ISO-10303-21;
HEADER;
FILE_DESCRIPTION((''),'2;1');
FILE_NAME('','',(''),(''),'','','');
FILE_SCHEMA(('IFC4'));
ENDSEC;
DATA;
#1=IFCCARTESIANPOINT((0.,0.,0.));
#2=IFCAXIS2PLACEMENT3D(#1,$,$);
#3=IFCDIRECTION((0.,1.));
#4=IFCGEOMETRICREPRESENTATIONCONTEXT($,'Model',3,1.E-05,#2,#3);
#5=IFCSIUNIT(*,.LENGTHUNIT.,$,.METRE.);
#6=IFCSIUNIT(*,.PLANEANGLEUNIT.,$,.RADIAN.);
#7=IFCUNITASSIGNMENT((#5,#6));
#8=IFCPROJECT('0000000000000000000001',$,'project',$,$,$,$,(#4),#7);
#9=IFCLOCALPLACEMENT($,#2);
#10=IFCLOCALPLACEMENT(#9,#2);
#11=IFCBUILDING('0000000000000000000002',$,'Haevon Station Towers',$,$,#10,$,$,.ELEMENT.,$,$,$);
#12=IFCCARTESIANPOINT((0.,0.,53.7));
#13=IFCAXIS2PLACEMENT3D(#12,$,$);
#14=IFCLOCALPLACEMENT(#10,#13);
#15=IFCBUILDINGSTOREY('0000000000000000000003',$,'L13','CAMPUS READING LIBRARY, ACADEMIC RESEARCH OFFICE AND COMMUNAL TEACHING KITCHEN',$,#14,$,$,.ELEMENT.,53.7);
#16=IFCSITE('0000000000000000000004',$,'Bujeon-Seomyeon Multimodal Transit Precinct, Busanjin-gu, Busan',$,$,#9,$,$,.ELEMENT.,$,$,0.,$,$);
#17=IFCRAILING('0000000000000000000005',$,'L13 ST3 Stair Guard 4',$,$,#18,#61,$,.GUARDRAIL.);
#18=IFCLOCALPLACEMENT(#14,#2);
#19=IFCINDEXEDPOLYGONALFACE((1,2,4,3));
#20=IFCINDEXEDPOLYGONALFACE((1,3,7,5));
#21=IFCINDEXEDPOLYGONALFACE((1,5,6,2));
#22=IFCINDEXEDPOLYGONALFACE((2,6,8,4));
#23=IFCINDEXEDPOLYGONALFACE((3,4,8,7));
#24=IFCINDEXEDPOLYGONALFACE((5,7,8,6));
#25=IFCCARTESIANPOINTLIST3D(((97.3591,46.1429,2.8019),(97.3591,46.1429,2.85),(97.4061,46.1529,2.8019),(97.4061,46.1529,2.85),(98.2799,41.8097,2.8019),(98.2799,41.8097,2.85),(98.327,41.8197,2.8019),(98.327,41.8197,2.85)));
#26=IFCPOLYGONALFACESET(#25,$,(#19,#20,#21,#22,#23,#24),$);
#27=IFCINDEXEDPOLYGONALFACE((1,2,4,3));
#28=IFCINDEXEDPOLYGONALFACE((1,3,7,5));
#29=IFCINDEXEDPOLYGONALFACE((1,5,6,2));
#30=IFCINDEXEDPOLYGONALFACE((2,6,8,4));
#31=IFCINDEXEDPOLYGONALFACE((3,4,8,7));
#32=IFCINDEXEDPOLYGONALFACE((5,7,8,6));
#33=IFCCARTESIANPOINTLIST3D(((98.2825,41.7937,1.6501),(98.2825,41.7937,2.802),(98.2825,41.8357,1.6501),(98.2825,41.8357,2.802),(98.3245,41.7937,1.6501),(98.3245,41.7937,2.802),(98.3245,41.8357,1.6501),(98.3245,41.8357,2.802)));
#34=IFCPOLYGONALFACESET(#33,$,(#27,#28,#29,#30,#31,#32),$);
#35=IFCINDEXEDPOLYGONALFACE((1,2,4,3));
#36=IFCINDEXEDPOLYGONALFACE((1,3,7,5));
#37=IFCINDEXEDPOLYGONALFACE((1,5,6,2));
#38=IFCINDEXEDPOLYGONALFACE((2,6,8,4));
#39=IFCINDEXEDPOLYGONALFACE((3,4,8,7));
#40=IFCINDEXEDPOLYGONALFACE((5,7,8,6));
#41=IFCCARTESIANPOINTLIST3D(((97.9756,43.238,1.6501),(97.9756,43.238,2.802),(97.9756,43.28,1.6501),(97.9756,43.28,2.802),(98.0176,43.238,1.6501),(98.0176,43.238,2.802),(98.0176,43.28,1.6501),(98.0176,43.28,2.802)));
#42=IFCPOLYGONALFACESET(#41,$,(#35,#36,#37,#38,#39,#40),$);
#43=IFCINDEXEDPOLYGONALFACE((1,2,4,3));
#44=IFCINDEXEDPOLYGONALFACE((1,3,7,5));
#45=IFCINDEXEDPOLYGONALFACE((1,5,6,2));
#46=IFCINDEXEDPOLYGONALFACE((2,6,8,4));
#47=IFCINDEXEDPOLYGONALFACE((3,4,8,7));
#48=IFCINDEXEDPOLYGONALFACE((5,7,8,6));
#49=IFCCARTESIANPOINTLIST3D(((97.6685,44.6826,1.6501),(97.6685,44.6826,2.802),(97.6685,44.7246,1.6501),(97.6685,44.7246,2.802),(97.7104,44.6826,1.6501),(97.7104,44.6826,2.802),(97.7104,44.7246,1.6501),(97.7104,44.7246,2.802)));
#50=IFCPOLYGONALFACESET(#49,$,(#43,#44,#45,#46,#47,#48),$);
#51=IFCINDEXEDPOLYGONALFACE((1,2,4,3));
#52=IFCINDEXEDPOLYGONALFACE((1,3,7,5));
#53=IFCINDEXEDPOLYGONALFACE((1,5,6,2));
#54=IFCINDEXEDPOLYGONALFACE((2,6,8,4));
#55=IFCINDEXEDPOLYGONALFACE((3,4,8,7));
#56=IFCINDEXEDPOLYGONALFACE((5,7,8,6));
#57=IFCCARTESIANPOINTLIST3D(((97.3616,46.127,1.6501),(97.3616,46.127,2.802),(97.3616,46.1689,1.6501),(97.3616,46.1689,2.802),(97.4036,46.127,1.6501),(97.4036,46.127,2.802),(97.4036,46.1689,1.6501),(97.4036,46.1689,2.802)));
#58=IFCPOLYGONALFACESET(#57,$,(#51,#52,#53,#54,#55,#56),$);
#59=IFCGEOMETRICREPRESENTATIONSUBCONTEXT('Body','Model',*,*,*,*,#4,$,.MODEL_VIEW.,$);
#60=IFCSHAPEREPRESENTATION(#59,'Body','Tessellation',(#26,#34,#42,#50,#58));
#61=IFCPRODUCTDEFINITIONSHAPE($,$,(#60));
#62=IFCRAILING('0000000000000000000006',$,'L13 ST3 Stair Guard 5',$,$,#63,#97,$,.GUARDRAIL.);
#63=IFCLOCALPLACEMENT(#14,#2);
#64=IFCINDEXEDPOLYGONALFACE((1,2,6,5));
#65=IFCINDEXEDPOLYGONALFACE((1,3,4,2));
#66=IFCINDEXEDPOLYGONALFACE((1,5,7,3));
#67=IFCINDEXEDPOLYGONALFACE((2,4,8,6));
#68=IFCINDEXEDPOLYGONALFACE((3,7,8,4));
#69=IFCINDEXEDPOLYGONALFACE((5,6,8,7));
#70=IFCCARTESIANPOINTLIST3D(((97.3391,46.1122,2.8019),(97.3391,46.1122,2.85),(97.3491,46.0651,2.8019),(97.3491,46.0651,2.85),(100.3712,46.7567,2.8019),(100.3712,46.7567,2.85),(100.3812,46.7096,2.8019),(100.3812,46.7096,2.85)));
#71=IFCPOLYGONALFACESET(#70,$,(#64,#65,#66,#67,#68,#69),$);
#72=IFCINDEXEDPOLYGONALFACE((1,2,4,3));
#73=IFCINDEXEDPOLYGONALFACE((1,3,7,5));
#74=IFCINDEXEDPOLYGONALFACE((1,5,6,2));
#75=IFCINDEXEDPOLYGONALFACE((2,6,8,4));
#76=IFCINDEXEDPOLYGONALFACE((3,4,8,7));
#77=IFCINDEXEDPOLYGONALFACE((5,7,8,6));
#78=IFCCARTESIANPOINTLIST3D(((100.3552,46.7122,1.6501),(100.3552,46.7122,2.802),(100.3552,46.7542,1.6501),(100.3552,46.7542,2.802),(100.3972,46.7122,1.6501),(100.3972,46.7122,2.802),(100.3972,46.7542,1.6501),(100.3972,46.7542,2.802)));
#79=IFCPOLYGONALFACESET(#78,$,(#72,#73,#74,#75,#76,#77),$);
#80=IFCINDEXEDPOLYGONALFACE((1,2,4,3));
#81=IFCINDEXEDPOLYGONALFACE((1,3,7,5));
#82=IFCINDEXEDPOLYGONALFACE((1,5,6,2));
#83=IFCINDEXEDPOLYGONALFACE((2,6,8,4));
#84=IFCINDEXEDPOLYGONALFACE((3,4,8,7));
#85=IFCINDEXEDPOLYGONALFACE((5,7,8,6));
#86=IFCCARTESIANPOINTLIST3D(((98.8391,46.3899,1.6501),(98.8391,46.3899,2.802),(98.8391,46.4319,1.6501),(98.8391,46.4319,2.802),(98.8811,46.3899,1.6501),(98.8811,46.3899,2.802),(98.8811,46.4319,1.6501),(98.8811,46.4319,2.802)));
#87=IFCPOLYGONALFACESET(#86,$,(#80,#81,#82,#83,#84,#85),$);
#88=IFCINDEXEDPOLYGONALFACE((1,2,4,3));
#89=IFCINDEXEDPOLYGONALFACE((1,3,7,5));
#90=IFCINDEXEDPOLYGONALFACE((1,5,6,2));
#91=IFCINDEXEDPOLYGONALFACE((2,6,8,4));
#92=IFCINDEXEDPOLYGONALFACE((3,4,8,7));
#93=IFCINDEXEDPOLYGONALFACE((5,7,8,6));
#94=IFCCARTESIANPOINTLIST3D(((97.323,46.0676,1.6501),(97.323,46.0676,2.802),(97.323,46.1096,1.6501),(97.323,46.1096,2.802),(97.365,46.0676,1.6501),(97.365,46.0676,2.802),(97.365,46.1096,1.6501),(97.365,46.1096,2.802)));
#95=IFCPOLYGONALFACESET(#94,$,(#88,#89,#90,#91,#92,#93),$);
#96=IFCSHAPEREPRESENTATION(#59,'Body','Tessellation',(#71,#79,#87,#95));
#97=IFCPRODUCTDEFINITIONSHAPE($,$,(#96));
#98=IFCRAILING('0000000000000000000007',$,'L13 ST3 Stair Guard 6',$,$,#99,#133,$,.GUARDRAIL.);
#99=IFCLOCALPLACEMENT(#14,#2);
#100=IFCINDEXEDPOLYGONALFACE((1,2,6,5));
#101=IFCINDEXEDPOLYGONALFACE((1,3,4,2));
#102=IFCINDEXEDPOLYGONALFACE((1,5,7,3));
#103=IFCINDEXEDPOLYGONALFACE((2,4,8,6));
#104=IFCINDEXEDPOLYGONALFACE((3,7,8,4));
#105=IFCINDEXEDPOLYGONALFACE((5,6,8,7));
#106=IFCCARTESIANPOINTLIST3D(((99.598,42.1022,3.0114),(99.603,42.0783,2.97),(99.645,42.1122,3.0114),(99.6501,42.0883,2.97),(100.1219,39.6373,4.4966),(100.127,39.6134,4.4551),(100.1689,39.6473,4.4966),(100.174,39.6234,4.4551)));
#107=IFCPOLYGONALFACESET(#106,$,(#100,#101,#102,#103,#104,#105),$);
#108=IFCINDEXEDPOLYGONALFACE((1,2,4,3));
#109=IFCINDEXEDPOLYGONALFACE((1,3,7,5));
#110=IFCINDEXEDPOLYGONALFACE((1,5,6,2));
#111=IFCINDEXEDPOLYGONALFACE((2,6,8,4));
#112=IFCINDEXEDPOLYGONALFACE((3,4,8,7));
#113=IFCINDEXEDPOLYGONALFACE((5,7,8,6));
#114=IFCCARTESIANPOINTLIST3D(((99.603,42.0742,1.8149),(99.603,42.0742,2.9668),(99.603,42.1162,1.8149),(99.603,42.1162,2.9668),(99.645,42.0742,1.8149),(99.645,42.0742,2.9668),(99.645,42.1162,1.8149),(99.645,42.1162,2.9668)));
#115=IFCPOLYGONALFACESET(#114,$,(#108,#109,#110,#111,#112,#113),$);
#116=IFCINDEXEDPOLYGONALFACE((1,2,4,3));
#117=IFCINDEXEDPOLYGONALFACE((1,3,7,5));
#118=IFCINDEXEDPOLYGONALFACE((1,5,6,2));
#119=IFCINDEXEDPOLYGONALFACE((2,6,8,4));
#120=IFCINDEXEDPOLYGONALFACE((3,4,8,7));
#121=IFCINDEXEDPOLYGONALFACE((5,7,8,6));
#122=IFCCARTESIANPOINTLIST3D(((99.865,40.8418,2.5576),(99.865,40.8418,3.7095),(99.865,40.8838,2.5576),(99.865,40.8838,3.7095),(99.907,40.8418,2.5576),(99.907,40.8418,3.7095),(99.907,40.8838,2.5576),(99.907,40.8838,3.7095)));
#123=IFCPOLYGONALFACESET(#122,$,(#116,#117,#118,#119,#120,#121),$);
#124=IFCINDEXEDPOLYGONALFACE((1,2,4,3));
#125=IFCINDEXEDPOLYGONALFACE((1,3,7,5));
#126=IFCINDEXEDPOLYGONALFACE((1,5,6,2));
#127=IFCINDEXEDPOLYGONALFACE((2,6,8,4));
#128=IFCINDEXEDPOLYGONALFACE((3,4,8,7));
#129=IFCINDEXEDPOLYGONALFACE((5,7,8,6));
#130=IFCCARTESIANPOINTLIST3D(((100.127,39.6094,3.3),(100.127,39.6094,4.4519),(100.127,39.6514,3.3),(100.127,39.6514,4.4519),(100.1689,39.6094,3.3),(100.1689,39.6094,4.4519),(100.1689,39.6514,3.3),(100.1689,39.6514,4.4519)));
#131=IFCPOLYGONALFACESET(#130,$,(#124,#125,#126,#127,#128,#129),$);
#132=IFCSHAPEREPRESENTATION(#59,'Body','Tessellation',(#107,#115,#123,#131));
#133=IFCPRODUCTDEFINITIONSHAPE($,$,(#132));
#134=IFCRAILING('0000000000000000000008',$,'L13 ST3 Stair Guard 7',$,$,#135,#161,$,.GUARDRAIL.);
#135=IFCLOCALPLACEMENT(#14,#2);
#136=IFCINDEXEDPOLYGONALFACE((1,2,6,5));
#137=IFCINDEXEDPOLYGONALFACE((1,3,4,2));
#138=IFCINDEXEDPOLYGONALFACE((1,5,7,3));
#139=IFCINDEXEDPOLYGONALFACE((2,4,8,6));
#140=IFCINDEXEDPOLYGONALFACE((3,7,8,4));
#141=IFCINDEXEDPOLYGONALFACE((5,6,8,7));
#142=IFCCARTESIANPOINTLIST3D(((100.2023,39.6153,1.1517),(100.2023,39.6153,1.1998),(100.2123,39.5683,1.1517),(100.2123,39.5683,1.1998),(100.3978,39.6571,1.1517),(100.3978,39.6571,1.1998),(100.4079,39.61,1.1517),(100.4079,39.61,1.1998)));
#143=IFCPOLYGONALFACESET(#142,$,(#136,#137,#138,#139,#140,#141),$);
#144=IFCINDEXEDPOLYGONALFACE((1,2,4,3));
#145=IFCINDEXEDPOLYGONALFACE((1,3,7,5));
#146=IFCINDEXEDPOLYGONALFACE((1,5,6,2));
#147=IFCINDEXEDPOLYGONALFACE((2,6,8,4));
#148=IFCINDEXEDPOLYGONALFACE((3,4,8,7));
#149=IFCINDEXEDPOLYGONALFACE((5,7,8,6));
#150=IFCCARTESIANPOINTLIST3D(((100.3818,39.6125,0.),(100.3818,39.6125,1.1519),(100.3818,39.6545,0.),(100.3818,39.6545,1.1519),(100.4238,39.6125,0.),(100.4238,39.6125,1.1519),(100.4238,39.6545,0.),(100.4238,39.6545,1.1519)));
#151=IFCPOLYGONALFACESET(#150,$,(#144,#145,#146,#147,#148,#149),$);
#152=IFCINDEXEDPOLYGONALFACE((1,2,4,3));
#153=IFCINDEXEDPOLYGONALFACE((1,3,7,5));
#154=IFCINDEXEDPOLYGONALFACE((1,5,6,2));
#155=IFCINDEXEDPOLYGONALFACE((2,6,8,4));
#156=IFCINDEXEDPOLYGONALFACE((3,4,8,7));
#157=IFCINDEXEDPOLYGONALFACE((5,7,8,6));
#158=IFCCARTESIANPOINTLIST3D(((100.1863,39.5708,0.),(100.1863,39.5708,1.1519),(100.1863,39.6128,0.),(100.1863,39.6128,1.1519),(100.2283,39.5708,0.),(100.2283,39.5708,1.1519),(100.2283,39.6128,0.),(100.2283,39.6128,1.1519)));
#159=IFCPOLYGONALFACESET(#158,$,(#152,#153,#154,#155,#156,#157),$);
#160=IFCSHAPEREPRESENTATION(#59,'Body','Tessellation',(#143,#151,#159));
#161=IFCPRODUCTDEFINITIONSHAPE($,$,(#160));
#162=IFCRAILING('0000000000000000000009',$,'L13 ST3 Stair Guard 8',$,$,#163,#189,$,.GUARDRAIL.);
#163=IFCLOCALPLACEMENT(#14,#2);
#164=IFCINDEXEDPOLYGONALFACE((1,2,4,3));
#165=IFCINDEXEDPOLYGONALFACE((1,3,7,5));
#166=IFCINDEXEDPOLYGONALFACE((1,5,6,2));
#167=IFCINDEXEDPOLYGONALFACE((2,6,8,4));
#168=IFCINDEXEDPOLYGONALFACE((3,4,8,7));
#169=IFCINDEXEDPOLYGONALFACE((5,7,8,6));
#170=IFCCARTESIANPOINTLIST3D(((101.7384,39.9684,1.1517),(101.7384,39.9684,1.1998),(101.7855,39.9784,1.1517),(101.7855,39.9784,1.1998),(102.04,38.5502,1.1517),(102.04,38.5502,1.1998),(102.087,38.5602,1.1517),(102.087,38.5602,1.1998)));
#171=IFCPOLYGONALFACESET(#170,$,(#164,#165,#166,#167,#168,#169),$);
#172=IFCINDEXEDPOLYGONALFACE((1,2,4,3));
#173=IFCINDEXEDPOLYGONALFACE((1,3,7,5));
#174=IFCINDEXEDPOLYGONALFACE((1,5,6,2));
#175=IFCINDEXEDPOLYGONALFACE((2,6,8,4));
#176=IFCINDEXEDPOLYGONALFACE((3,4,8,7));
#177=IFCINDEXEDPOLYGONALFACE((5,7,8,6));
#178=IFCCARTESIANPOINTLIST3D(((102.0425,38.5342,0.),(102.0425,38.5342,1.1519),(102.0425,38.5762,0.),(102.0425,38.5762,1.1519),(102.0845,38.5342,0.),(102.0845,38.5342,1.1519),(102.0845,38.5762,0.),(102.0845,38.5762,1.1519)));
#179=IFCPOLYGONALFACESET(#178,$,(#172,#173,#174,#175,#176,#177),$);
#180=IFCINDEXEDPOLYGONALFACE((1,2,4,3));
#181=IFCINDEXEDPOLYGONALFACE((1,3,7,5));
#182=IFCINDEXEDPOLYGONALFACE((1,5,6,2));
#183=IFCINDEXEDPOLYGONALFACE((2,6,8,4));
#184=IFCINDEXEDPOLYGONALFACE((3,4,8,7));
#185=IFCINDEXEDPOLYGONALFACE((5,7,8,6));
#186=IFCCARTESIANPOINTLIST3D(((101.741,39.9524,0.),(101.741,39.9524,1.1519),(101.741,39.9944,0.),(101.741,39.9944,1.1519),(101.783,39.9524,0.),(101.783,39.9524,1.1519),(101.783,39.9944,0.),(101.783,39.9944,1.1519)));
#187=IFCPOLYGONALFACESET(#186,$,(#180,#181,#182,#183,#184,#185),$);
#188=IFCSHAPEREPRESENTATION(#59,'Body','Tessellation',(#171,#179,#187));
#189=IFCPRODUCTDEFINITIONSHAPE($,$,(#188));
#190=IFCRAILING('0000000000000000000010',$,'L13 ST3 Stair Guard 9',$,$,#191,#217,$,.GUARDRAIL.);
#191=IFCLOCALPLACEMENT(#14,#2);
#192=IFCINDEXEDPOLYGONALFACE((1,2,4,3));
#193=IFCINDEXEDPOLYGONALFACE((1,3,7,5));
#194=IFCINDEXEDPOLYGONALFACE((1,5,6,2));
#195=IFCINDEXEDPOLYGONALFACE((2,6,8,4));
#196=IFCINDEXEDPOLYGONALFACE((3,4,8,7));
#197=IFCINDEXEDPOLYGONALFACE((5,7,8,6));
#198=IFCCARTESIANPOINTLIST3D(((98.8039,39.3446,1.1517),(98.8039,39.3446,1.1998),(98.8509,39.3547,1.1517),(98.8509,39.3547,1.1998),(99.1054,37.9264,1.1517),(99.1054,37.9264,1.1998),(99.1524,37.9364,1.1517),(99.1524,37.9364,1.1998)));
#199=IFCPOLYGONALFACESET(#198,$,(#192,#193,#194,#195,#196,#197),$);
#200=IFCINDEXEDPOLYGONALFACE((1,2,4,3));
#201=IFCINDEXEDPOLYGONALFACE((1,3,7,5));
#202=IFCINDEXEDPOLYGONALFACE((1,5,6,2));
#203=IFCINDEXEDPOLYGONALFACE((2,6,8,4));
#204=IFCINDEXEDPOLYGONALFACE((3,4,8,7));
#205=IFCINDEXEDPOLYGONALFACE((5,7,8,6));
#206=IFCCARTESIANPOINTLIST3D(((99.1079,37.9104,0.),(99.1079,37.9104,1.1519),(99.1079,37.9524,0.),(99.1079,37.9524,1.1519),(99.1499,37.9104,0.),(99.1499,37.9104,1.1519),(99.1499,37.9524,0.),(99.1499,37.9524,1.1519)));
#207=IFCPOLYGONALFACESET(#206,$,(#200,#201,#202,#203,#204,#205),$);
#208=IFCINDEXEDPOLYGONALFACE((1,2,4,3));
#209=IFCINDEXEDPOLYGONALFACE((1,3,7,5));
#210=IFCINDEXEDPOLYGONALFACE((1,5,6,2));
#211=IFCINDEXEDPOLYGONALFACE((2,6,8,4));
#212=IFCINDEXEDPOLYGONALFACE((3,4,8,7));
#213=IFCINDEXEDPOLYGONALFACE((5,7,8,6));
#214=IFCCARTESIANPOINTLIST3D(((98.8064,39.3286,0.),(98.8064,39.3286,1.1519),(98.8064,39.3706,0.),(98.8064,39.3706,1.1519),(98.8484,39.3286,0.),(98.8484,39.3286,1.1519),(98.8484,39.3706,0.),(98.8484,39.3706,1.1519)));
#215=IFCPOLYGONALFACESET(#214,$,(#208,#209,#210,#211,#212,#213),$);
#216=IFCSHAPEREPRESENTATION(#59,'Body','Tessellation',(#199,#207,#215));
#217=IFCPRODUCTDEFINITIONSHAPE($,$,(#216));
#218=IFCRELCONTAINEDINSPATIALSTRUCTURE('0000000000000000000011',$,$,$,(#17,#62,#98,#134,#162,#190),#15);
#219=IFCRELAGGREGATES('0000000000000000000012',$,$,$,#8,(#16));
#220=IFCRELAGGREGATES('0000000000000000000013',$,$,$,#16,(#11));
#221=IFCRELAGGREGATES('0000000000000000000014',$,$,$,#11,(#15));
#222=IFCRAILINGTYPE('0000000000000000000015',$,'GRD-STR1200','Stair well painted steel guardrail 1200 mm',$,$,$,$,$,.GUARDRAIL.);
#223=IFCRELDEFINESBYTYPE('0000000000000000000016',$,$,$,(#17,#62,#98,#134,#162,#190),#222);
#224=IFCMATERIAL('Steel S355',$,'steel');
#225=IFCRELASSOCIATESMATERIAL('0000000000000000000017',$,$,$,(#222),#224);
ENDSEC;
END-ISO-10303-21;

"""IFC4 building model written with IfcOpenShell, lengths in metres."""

from ifc_helpers import new_model, si_unit, direction, frame, origin, origin_2d, place, context, subcontext, project, spatial, rectangle, extrude, material, type_object, element, save


model = new_model("IFC4")

# Units and contexts
model_context = context("Model", 3, precision=1e-05, world=origin(), true_north=direction((0.0, 1.0)))
body_context = subcontext(model_context, "Body", "Model", "MODEL_VIEW")
ifc_project = project(units=[si_unit("LENGTHUNIT", "METRE"), si_unit("PLANEANGLEUNIT", "RADIAN")], contexts=[model_context])

# Site, building, storey
site_placement = place(None, origin())
site = spatial("IfcSite", under=ifc_project, at=site_placement, Name="Bujeon-Seomyeon Multimodal Transit Precinct, Busanjin-gu, Busan", CompositionType="ELEMENT", RefElevation=0.0)
building_placement = place(site_placement, origin())
building = spatial("IfcBuilding", under=site, at=building_placement, Name="Haevon Station Towers", CompositionType="ELEMENT")
storey_placement = place(building_placement, frame((0.0, 0.0, 53.7)))
storey = spatial("IfcBuildingStorey", under=building, at=storey_placement, Name="L13", Description="CAMPUS READING LIBRARY, ACADEMIC RESEARCH OFFICE AND COMMUNAL TEACHING KITCHEN", CompositionType="ELEMENT", Elevation=53.7)

# Shared definitions
ifc_material_1 = material(Name="Steel S355", Category="steel")

# Railings
railing_type_1 = type_object("IfcRailingType", Name="GRD-STR1200", Description="Stair well painted steel guardrail 1200 mm", PredefinedType="GUARDRAIL", material=ifc_material_1)
railing_1_placement = place(storey_placement, frame((98.3035, 41.8147, 1.6501)))
element("IfcRailing", 1, at=railing_1_placement, inside=storey, type_object=railing_type_1, Name="L13 ST3 Stair Guard 4", PredefinedType="GUARDRAIL", context=body_context, shape_type="SweptSolid", body=[
    extrude(rectangle(XDim=0.0481, YDim=0.0481, at=origin_2d()), frame((0.0, 0.0, 1.1758), z_axis=(-0.207877, 0.978155, 0.0), x_axis=(-0.978155, -0.207877, 0.0)), (0.0, 0.0, 1.0), 4.4299),
    extrude(rectangle(XDim=0.042, YDim=0.042, at=origin_2d()), origin(), (0.0, 0.0, 1.0), 1.1519),
    extrude(rectangle(XDim=0.042, YDim=0.042, at=origin_2d()), frame((-0.3069, 1.4443, 0.0)), (0.0, 0.0, 1.0), 1.1519),
    extrude(rectangle(XDim=0.042, YDim=0.042, at=origin_2d()), frame((-0.614, 2.8889, 0.0)), (0.0, 0.0, 1.0), 1.1519),
    extrude(rectangle(XDim=0.042, YDim=0.042, at=origin_2d()), frame((-0.9209, 4.3333, 0.0)), (0.0, 0.0, 1.0), 1.1519),
])
railing_2_placement = place(storey_placement, frame((100.3762, 46.7332, 1.6501)))
element("IfcRailing", 2, at=railing_2_placement, inside=storey, type_object=railing_type_1, Name="L13 ST3 Stair Guard 5", PredefinedType="GUARDRAIL", context=body_context, shape_type="SweptSolid", body=[
    extrude(rectangle(XDim=0.0481, YDim=0.0481, at=origin_2d()), frame((0.0, 0.0, 1.1758), z_axis=(-0.978147, -0.207915, 0.0), x_axis=(0.207915, -0.978147, 0.0)), (0.0, 0.0, 1.0), 3.0999),
    extrude(rectangle(XDim=0.042, YDim=0.042, at=origin_2d()), origin(), (0.0, 0.0, 1.0), 1.1519),
    extrude(rectangle(XDim=0.042, YDim=0.042, at=origin_2d()), frame((-1.5161, -0.3223, 0.0)), (0.0, 0.0, 1.0), 1.1519),
    extrude(rectangle(XDim=0.042, YDim=0.042, at=origin_2d()), frame((-3.0322, -0.6445, 0.0)), (0.0, 0.0, 1.0), 1.1519),
])
railing_3_placement = place(storey_placement, frame((99.624, 42.0952, 1.8149)))
element("IfcRailing", 3, at=railing_3_placement, inside=storey, type_object=railing_type_1, Name="L13 ST3 Stair Guard 6", PredefinedType="GUARDRAIL", context=body_context, shape_type="SweptSolid", body=[
    extrude(rectangle(XDim=0.0481, YDim=0.0481, at=origin_2d()), frame((0.0, 0.0, 1.1758), z_axis=(0.179121, -0.842688, 0.507733), x_axis=(0.978147, 0.207914, 0.0)), (0.0, 0.0, 1.0), 2.925),
    extrude(rectangle(XDim=0.042, YDim=0.042, at=origin_2d()), origin(), (0.0, 0.0, 1.0), 1.1519),
    extrude(rectangle(XDim=0.042, YDim=0.042, at=origin_2d()), frame((0.262, -1.2324, 0.7427)), (0.0, 0.0, 1.0), 1.1519),
    extrude(rectangle(XDim=0.042, YDim=0.042, at=origin_2d()), frame((0.5239, -2.4648, 1.4851)), (0.0, 0.0, 1.0), 1.1519),
])
railing_4_placement = place(storey_placement, frame((100.4028, 39.6335, 0.0)))
element("IfcRailing", 4, at=railing_4_placement, inside=storey, type_object=railing_type_1, Name="L13 ST3 Stair Guard 7", PredefinedType="GUARDRAIL", context=body_context, shape_type="SweptSolid", body=[
    extrude(rectangle(XDim=0.0481, YDim=0.0481, at=origin_2d()), frame((0.0, 0.0, 1.1758), z_axis=(-0.977963, -0.208779, 0.0), x_axis=(0.208779, -0.977963, 0.0)), (0.0, 0.0, 1.0), 0.2),
    extrude(rectangle(XDim=0.042, YDim=0.042, at=origin_2d()), origin(), (0.0, 0.0, 1.0), 1.1519),
    extrude(rectangle(XDim=0.042, YDim=0.042, at=origin_2d()), frame((-0.1956, -0.0417, 0.0)), (0.0, 0.0, 1.0), 1.1519),
])
for number, where, name in (
    (5, (102.0635, 38.5552, 0.0), "L13 ST3 Stair Guard 8"),
    (6, (99.1289, 37.9314, 0.0), "L13 ST3 Stair Guard 9"),
):
    element("IfcRailing", number, at=place(storey_placement, frame(where)), inside=storey, type_object=railing_type_1, Name=name, PredefinedType="GUARDRAIL", context=body_context, shape_type="SweptSolid", body=[
        extrude(rectangle(XDim=0.0481, YDim=0.0481, at=origin_2d()), frame((0.0, 0.0, 1.1758), z_axis=(-0.207953, 0.978139, 0.0), x_axis=(-0.978139, -0.207953, 0.0)), (0.0, 0.0, 1.0), 1.45),
        extrude(rectangle(XDim=0.042, YDim=0.042, at=origin_2d()), origin(), (0.0, 0.0, 1.0), 1.1519),
        extrude(rectangle(XDim=0.042, YDim=0.042, at=origin_2d()), frame((-0.3015, 1.4182, 0.0)), (0.0, 0.0, 1.0), 1.1519),
    ])

save(model, "model.ifc")
